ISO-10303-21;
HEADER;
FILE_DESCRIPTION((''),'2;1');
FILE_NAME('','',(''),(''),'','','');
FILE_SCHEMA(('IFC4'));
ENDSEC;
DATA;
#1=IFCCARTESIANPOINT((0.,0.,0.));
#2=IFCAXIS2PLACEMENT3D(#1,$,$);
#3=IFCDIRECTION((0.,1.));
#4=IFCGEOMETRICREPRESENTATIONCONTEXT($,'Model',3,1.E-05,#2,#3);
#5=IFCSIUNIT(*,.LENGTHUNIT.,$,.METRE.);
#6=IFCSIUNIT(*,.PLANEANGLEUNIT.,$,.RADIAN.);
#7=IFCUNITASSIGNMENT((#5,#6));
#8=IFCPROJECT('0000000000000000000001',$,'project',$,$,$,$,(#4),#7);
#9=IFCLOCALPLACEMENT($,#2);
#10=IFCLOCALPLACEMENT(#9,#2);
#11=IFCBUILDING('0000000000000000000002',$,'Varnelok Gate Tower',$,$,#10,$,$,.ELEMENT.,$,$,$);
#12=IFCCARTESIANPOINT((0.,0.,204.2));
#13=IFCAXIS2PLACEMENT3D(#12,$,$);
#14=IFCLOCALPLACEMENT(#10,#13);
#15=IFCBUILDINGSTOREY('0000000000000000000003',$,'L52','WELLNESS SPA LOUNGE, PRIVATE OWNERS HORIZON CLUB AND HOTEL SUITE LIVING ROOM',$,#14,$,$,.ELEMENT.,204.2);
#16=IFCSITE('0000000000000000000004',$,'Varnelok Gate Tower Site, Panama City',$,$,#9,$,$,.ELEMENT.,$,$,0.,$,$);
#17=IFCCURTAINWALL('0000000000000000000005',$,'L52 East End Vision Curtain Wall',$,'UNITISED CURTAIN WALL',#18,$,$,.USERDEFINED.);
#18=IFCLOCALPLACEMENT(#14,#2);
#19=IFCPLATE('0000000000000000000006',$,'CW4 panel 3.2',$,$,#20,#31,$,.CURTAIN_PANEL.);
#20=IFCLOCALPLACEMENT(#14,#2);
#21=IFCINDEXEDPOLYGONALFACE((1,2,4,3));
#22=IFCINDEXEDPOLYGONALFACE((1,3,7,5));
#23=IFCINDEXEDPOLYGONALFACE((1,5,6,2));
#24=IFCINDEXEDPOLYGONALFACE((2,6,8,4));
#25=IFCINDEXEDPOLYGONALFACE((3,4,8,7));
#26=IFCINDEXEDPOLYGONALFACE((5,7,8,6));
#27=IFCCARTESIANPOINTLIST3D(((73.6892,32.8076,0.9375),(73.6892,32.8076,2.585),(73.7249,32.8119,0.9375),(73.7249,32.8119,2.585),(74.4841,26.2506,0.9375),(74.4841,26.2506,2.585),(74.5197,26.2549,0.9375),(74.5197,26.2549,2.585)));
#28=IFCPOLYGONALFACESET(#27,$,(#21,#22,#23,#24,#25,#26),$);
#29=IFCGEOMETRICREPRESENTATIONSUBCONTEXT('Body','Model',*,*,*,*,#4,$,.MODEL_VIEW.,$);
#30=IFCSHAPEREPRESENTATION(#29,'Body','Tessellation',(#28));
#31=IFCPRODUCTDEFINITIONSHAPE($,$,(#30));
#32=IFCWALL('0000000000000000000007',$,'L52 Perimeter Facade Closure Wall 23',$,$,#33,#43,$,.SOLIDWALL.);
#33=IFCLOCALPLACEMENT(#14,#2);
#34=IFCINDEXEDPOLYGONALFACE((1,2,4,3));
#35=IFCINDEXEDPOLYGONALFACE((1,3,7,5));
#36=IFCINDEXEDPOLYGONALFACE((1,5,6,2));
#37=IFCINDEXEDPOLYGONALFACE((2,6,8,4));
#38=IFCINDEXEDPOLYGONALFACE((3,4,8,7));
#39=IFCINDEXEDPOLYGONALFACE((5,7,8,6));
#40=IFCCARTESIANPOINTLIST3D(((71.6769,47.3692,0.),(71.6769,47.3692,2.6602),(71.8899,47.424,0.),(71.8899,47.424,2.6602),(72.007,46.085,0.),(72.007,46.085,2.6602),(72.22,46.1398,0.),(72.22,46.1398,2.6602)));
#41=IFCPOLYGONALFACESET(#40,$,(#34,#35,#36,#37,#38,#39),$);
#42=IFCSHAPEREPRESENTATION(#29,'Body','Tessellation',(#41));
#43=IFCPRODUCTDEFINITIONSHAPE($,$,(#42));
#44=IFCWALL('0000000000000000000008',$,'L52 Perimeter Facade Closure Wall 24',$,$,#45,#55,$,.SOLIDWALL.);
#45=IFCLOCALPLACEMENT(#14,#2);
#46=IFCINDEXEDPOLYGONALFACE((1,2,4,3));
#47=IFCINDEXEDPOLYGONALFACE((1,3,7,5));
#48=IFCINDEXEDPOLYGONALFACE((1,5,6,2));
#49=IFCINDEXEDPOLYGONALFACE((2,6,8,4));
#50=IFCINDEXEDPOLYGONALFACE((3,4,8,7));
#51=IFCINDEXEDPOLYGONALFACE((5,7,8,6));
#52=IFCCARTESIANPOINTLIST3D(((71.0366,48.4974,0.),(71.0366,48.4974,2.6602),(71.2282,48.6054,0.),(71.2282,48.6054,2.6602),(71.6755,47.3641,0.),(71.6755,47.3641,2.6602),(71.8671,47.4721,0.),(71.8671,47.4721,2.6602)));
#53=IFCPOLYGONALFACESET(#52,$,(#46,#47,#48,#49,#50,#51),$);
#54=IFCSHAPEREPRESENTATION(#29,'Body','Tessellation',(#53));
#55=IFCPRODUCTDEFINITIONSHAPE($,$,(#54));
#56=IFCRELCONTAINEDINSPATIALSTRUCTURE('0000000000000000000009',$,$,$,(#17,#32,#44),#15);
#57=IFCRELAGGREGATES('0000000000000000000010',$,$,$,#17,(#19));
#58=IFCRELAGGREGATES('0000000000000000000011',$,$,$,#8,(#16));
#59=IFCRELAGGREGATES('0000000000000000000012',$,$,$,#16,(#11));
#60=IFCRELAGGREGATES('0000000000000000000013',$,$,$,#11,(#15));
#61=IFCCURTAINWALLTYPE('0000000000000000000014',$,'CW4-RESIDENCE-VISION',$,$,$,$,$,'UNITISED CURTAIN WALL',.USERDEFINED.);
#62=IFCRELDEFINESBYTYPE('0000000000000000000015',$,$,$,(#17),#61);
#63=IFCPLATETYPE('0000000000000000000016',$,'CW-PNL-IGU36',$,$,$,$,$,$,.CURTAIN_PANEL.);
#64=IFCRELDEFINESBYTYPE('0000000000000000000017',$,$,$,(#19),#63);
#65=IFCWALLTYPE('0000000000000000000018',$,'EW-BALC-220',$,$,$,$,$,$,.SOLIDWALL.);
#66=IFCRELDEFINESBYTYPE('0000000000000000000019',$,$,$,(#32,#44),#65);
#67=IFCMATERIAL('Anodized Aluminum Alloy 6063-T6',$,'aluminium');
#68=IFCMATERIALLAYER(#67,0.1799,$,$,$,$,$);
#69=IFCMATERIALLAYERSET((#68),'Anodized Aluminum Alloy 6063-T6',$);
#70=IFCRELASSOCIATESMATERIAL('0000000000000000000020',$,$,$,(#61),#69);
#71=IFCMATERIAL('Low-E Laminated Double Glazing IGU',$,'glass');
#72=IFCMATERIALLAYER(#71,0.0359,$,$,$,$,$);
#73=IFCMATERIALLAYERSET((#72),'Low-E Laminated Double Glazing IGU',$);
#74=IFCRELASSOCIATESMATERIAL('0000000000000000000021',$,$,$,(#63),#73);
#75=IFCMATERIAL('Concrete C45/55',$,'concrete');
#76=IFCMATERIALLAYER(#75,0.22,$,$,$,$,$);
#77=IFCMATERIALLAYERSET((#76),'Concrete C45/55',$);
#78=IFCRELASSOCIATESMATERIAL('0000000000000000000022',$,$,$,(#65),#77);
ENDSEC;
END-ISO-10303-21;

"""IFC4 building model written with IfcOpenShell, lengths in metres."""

from ifc_helpers import new_model, si_unit, direction, frame, frame_2d, origin, origin_2d, place, context, subcontext, project, spatial, rectangle, extrude, source, transform, mapped, material, layer, layer_set, type_object, element, aggregate, save


model = new_model("IFC4")

# Units and contexts
model_context = context("Model", 3, precision=1e-05, world=origin(), true_north=direction((0.0, 1.0)))
body_context = subcontext(model_context, "Body", "Model", "MODEL_VIEW")
ifc_project = project(units=[si_unit("LENGTHUNIT", "METRE"), si_unit("PLANEANGLEUNIT", "RADIAN")], contexts=[model_context])

# Site, building, storey
site_placement = place(None, origin())
site = spatial("IfcSite", under=ifc_project, at=site_placement, Name="Varnelok Gate Tower Site, Panama City", CompositionType="ELEMENT", RefElevation=0.0)
building_placement = place(site_placement, origin())
building = spatial("IfcBuilding", under=site, at=building_placement, Name="Varnelok Gate Tower", CompositionType="ELEMENT")
storey_placement = place(building_placement, frame((0.0, 0.0, 204.2)))
storey = spatial("IfcBuildingStorey", under=building, at=storey_placement, Name="L52", Description="WELLNESS SPA LOUNGE, PRIVATE OWNERS HORIZON CLUB AND HOTEL SUITE LIVING ROOM", CompositionType="ELEMENT", Elevation=204.2)

# Curtain wall, plate
ifc_material_1 = material(Name="Anodized Aluminum Alloy 6063-T6", Category="aluminium")
ifc_layer_1 = layer(ifc_material_1, 0.1799)
ifc_layer_set_1 = layer_set([ifc_layer_1], Name="Anodized Aluminum Alloy 6063-T6")
curtain_wall_type = type_object("IfcCurtainWallType", Name="CW4-RESIDENCE-VISION", ElementType="UNITISED CURTAIN WALL", PredefinedType="USERDEFINED", material=ifc_layer_set_1)
curtain_wall_placement = place(storey_placement, origin())
curtain_wall = element("IfcCurtainWall", 1, at=curtain_wall_placement, inside=storey, type_object=curtain_wall_type, Name="L52 East End Vision Curtain Wall", ObjectType="UNITISED CURTAIN WALL", PredefinedType="USERDEFINED")
ifc_material_2 = material(Name="Low-E Laminated Double Glazing IGU", Category="glass")
ifc_layer_2 = layer(ifc_material_2, 0.0359)
ifc_layer_set_2 = layer_set([ifc_layer_2], Name="Low-E Laminated Double Glazing IGU")
plate_type = type_object("IfcPlateType", Name="CW-PNL-IGU36", PredefinedType="CURTAIN_PANEL", material=ifc_layer_set_2)
shared_shape_1 = source(origin(), body_context, "Body", "SweptSolid", [
    extrude(rectangle(XDim=6.605, YDim=0.0359, at=origin_2d()), origin(), (0.0, 0.0, 1.0), 1.6475),
])
plate_1_placement = place(storey_placement, frame((74.1045, 29.5312, 0.9375), z_axis=(0.0, 0.0, 1.0), x_axis=(0.120345, -0.992732, 0.0)))
plate_1 = element("IfcPlate", 2, at=plate_1_placement, type_object=plate_type, Name="CW4 panel 3.2", PredefinedType="CURTAIN_PANEL", context=body_context, shape_type="MappedRepresentation", body=[
    mapped(shared_shape_1, transform((0.0, 0.0, 0.0), scale=1.0)),
])
aggregate(curtain_wall, [plate_1])

# Walls
ifc_material_3 = material(Name="Concrete C45/55", Category="concrete")
ifc_layer_3 = layer(ifc_material_3, 0.22)
ifc_layer_set_3 = layer_set([ifc_layer_3], Name="Concrete C45/55")
wall_type = type_object("IfcWallType", Name="EW-BALC-220", PredefinedType="SOLIDWALL", material=ifc_layer_set_3)
wall_1_placement = place(storey_placement, frame((72.1135, 46.1123, 0.0), z_axis=(0.0, 0.0, 1.0), x_axis=(-0.248942, 0.968518, 0.0)))
element("IfcWall", 3, at=wall_1_placement, inside=storey, type_object=wall_type, Name="L52 Perimeter Facade Closure Wall 23", PredefinedType="SOLIDWALL", context=body_context, shape_type="SweptSolid", body=[
    extrude(rectangle(XDim=1.3259, YDim=0.22, at=frame_2d((0.6631, 0.0))), origin(), (0.0, 0.0, 1.0), 2.6602),
])
wall_2_placement = place(storey_placement, frame((71.7712, 47.4182, 0.0), z_axis=(0.0, 0.0, 1.0), x_axis=(-0.491099, 0.871104, 0.0)))
element("IfcWall", 4, at=wall_2_placement, inside=storey, type_object=wall_type, Name="L52 Perimeter Facade Closure Wall 24", PredefinedType="SOLIDWALL", context=body_context, shape_type="SweptSolid", body=[
    extrude(rectangle(XDim=1.301, YDim=0.22, at=frame_2d((0.6504, 0.0))), origin(), (0.0, 0.0, 1.0), 2.6602),
])

save(model, "model.ifc")
